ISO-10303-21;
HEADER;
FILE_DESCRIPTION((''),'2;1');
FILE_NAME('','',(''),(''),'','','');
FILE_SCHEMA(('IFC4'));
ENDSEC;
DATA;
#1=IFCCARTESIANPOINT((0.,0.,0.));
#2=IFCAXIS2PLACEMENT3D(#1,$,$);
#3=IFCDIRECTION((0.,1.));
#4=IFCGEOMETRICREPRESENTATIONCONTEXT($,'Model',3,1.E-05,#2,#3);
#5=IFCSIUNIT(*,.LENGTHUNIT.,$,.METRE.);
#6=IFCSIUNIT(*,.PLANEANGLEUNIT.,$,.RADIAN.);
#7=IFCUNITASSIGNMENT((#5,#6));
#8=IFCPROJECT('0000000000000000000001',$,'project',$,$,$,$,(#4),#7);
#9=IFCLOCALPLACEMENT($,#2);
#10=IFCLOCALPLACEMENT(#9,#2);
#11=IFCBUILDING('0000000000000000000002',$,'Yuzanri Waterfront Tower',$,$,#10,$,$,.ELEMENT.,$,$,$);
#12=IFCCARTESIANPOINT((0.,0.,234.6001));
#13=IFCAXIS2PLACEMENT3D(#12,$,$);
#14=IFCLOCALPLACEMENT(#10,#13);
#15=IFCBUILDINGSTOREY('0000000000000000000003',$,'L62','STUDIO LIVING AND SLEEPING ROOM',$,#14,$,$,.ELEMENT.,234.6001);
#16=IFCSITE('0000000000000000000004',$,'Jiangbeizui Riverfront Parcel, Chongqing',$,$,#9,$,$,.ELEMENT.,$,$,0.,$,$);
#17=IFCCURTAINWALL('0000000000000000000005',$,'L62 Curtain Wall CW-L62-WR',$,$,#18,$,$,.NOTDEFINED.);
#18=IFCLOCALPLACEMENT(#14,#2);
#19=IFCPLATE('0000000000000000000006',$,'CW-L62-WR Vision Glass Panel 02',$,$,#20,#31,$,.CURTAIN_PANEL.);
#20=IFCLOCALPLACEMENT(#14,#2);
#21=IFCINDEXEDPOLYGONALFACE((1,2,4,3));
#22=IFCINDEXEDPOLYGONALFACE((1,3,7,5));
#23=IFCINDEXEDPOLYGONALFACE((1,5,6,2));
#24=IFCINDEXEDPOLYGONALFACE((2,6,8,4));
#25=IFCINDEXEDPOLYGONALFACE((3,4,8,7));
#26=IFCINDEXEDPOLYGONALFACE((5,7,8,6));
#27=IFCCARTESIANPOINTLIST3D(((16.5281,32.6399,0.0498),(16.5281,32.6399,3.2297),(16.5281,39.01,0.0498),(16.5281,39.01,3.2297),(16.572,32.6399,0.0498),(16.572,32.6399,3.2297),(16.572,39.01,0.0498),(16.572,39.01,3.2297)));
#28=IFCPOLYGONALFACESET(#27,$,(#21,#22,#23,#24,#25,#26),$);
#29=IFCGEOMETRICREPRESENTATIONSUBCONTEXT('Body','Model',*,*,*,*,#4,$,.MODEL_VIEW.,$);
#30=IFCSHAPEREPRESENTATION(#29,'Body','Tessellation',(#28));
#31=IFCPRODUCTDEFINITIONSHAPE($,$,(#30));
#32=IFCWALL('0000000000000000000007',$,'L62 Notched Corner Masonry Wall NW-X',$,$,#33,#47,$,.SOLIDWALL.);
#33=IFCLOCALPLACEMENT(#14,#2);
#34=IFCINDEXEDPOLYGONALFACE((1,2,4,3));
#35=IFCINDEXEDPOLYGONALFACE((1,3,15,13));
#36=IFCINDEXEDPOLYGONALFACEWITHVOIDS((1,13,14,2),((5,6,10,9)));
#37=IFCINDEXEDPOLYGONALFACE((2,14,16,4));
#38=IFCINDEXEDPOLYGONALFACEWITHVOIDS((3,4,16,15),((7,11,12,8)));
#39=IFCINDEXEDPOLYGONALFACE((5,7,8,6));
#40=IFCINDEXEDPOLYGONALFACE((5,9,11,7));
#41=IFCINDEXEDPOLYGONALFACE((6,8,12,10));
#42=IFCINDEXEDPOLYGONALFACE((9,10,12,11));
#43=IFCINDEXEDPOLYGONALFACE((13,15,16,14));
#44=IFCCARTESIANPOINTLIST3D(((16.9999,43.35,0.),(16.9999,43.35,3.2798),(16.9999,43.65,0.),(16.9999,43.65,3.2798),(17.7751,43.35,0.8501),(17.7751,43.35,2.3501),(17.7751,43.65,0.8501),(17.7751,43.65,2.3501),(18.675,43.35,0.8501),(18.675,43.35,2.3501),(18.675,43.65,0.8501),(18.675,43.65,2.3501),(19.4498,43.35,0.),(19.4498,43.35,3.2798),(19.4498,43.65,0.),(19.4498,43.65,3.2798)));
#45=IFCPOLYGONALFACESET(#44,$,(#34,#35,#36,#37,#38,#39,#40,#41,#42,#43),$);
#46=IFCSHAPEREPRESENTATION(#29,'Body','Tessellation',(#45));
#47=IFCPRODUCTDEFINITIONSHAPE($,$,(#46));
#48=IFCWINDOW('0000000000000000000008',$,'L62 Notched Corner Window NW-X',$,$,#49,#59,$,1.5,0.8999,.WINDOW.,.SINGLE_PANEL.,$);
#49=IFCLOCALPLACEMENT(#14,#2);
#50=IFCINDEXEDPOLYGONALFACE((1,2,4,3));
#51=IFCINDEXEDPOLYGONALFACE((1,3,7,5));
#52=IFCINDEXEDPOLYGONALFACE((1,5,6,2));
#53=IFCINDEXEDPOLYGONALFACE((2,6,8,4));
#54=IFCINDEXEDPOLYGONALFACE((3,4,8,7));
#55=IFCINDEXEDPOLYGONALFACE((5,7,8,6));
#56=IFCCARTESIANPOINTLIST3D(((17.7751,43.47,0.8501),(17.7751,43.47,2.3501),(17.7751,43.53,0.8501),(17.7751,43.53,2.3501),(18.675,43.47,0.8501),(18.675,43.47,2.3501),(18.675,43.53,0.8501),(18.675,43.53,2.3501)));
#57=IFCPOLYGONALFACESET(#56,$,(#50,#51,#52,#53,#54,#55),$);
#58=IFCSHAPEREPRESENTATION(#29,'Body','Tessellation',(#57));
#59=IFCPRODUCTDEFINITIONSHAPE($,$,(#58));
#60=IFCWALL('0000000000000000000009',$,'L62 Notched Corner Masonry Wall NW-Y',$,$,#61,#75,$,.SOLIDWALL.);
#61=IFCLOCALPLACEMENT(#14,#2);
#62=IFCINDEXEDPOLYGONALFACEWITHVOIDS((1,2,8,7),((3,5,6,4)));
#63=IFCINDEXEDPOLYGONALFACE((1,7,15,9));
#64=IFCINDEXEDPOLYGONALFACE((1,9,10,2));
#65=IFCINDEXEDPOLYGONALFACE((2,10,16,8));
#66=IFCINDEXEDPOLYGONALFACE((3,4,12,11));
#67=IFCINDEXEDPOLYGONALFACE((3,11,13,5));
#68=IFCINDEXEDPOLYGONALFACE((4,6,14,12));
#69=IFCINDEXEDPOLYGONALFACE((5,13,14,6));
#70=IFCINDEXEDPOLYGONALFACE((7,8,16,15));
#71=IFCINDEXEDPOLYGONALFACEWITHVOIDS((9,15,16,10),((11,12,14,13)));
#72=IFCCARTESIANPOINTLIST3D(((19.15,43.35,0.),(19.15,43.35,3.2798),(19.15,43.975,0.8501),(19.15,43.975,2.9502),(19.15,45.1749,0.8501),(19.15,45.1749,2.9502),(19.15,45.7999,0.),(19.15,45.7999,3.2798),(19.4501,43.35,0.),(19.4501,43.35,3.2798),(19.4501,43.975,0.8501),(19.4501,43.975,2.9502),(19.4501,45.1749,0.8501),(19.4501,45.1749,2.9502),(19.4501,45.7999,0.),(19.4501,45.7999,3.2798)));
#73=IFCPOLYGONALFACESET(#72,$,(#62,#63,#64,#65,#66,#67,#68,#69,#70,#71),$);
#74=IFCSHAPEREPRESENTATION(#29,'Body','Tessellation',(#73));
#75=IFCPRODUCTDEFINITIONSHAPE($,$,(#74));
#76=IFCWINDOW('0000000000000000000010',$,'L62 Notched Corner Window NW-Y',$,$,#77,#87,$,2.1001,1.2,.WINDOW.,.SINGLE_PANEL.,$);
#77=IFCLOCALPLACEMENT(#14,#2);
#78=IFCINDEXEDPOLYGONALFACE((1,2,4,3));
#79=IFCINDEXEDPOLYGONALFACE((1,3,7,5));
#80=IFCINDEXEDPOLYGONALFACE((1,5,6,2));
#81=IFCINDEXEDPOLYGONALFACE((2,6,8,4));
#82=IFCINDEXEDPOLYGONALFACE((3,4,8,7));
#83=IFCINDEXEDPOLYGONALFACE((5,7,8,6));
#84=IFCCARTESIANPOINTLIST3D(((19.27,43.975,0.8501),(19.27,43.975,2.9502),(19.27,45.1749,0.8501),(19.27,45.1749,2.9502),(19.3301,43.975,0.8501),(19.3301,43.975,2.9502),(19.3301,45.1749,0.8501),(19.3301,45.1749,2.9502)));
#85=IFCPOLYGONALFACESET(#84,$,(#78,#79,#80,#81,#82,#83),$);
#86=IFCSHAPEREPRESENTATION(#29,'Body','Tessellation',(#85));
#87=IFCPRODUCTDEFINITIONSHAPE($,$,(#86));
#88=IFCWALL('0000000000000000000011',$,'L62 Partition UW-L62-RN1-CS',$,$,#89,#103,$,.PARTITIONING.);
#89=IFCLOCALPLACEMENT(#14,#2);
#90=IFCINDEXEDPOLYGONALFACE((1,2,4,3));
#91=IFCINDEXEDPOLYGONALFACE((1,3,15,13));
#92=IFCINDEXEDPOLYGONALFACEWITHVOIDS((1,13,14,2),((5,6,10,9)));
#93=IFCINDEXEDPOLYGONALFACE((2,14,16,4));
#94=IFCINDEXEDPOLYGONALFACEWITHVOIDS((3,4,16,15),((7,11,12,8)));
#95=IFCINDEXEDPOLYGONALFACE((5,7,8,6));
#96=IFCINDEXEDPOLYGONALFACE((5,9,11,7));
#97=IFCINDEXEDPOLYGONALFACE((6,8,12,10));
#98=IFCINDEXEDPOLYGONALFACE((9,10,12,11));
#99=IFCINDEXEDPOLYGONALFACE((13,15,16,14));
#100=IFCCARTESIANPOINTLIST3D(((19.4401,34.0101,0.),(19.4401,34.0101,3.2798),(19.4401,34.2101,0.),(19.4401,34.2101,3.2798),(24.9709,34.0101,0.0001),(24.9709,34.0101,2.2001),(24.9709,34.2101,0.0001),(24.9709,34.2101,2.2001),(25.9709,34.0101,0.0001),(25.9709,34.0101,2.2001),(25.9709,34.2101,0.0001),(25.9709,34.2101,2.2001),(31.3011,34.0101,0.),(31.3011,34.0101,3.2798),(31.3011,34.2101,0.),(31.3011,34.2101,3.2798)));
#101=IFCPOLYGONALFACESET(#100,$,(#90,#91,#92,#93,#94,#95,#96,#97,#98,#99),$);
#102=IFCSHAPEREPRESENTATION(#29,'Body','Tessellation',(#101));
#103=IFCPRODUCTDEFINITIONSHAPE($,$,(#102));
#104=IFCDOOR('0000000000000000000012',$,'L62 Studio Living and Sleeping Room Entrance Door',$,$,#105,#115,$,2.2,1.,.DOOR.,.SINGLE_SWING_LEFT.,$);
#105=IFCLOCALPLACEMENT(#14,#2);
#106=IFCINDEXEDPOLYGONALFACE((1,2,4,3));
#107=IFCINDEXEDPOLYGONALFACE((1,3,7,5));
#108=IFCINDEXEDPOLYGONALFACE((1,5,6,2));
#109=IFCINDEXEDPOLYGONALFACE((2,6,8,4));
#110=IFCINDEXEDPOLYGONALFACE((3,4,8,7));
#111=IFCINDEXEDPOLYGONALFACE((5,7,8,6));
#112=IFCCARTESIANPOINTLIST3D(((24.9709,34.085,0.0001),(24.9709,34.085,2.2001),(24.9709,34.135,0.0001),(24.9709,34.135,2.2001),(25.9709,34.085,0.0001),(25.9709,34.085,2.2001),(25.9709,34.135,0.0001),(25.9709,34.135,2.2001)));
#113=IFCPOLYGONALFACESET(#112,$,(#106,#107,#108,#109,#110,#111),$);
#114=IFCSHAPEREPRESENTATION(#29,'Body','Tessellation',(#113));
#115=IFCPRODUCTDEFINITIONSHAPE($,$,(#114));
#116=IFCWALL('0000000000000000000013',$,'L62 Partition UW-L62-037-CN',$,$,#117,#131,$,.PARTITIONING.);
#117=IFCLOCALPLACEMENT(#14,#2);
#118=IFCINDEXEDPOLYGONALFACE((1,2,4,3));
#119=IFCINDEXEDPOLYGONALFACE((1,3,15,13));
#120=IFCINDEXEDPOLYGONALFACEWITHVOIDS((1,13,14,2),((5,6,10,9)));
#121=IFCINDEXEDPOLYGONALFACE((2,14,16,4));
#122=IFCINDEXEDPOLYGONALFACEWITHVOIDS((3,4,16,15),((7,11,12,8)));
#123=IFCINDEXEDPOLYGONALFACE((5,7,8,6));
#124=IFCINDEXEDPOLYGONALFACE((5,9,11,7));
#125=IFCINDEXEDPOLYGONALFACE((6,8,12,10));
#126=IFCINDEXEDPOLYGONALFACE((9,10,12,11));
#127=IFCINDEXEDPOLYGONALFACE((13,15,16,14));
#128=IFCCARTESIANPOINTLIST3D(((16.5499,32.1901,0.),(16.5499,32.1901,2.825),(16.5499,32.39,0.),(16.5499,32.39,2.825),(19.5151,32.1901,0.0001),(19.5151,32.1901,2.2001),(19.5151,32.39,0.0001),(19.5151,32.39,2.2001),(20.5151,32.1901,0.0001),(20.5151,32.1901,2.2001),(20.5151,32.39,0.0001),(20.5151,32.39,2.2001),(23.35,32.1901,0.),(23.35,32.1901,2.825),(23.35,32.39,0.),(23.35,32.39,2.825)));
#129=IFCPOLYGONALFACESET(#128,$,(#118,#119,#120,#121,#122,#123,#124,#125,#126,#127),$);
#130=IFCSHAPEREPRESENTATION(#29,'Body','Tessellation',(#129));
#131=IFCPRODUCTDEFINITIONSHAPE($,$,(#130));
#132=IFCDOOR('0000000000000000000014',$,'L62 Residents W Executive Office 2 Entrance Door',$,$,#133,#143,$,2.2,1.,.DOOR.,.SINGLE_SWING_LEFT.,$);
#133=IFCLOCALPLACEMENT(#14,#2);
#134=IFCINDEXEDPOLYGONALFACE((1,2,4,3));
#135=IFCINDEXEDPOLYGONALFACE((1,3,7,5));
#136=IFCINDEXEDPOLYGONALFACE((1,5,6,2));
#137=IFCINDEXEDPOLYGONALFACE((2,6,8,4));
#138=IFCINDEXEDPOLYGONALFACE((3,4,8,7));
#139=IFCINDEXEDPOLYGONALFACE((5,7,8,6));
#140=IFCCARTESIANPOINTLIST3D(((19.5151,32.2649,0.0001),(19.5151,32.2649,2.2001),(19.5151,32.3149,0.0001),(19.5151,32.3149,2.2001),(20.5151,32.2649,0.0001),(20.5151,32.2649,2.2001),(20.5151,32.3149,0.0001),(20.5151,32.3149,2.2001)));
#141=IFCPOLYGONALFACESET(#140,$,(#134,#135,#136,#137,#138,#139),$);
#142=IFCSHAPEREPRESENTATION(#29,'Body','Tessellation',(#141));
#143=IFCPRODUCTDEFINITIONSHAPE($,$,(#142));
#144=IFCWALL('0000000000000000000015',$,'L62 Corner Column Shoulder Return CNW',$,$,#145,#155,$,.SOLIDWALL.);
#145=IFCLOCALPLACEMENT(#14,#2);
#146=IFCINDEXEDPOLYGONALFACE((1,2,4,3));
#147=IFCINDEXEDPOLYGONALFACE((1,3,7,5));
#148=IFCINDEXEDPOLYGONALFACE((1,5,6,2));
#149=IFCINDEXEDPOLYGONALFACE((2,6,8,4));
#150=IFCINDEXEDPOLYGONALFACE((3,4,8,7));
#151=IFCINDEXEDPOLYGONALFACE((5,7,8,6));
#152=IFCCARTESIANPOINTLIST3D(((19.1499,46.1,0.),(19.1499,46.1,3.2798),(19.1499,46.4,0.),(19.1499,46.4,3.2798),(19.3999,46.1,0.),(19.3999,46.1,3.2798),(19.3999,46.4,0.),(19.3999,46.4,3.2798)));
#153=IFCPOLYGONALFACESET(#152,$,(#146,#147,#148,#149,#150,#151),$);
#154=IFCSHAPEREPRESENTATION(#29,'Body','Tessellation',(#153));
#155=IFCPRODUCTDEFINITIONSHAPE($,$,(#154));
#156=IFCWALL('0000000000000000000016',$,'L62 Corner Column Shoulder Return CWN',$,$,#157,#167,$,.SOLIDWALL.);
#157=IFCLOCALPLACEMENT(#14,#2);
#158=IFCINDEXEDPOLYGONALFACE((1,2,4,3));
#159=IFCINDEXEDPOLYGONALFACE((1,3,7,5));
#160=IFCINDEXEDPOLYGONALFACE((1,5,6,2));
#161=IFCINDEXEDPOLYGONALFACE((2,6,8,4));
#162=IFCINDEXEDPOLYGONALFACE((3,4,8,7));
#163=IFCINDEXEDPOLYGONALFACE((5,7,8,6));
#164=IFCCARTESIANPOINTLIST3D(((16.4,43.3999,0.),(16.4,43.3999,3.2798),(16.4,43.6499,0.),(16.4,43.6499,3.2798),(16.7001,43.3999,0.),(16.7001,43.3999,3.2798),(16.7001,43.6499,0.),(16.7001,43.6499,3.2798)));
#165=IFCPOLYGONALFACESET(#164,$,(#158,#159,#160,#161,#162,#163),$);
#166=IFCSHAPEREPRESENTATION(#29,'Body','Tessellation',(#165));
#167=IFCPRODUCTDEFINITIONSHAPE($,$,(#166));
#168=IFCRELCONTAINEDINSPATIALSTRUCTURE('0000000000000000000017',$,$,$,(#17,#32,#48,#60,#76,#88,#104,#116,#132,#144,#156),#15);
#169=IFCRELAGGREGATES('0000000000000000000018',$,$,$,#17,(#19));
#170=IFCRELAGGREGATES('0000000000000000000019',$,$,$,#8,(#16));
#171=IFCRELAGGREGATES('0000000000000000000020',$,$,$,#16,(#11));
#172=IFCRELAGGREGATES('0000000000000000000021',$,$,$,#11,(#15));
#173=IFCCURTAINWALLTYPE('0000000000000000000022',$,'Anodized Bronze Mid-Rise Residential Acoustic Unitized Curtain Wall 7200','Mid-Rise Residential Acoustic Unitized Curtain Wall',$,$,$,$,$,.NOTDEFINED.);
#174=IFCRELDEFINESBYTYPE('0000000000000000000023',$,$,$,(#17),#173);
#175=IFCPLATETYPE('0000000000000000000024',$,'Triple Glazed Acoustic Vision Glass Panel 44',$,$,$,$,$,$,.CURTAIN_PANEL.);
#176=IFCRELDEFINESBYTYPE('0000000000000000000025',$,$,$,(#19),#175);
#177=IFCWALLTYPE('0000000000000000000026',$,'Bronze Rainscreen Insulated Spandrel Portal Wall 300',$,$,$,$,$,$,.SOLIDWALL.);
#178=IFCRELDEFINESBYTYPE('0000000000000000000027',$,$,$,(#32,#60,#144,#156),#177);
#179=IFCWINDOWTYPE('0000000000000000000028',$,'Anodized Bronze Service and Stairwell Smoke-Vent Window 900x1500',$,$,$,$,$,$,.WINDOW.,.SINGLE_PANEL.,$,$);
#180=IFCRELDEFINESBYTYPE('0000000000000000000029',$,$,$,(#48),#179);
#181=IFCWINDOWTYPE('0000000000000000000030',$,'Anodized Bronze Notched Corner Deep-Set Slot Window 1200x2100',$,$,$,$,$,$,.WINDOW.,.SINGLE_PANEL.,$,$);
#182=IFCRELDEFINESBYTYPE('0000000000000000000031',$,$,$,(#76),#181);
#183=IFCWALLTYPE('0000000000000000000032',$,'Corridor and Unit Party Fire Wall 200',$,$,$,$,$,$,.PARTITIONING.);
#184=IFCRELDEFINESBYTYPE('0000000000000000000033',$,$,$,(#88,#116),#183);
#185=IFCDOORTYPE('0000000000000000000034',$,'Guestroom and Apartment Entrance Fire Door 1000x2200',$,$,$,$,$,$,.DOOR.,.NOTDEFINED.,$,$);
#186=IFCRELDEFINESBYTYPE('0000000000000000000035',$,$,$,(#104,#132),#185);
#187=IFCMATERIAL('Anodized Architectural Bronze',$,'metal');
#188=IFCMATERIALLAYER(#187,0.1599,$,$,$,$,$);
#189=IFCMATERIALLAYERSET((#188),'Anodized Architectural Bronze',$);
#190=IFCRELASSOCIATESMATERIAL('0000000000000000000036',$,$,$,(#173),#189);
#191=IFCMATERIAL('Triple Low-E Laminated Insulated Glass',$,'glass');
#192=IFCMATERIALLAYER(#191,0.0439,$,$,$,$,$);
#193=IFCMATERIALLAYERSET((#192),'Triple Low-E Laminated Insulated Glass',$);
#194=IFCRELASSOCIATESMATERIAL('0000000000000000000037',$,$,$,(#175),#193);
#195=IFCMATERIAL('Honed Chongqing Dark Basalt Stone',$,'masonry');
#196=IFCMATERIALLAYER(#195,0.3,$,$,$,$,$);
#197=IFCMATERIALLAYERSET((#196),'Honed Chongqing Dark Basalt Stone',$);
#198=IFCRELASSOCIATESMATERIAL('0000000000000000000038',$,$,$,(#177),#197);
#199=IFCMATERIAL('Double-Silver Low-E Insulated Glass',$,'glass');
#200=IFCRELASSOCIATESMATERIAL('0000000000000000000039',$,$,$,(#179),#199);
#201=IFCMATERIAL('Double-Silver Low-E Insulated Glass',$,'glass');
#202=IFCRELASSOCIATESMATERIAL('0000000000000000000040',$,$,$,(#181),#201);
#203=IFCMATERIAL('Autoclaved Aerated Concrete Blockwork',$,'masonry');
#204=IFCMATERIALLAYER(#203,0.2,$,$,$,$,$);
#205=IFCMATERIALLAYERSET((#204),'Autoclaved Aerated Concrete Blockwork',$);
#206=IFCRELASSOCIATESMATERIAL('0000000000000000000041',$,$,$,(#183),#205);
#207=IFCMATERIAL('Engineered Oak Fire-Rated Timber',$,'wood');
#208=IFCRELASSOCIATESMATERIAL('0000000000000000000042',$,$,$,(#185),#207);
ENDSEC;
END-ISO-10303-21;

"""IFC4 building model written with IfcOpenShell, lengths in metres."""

from ifc_helpers import new_model, si_unit, direction, frame, frame_2d, origin, origin_2d, place, context, subcontext, project, spatial, rectangle, extrude, source, transform, mapped, material, layer, layer_set, type_object, element, fill, aggregate, save


model = new_model("IFC4")

# Units and contexts
model_context = context("Model", 3, precision=1e-05, world=origin(), true_north=direction((0.0, 1.0)))
body_context = subcontext(model_context, "Body", "Model", "MODEL_VIEW")
ifc_project = project(units=[si_unit("LENGTHUNIT", "METRE"), si_unit("PLANEANGLEUNIT", "RADIAN")], contexts=[model_context])

# Site, building, storey
site_placement = place(None, origin())
site = spatial("IfcSite", under=ifc_project, at=site_placement, Name="Jiangbeizui Riverfront Parcel, Chongqing", CompositionType="ELEMENT", RefElevation=0.0)
building_placement = place(site_placement, origin())
building = spatial("IfcBuilding", under=site, at=building_placement, Name="Yuzanri Waterfront Tower", CompositionType="ELEMENT")
storey_placement = place(building_placement, frame((0.0, 0.0, 234.6001)))
storey = spatial("IfcBuildingStorey", under=building, at=storey_placement, Name="L62", Description="STUDIO LIVING AND SLEEPING ROOM", CompositionType="ELEMENT", Elevation=234.6001)

# Curtain wall
ifc_material_1 = material(Name="Anodized Architectural Bronze", Category="metal")
ifc_layer_1 = layer(ifc_material_1, 0.1599)
ifc_layer_set_1 = layer_set([ifc_layer_1], Name="Anodized Architectural Bronze")
curtain_wall_type = type_object("IfcCurtainWallType", Name="Anodized Bronze Mid-Rise Residential Acoustic Unitized Curtain Wall 7200", Description="Mid-Rise Residential Acoustic Unitized Curtain Wall", PredefinedType="NOTDEFINED", material=ifc_layer_set_1)
curtain_wall_placement = place(storey_placement, origin())
curtain_wall = element("IfcCurtainWall", 1, at=curtain_wall_placement, inside=storey, type_object=curtain_wall_type, Name="L62 Curtain Wall CW-L62-WR", PredefinedType="NOTDEFINED")

# Plate
ifc_material_2 = material(Name="Triple Low-E Laminated Insulated Glass", Category="glass")
ifc_layer_2 = layer(ifc_material_2, 0.0439)
ifc_layer_set_2 = layer_set([ifc_layer_2], Name="Triple Low-E Laminated Insulated Glass")
plate_type_1 = type_object("IfcPlateType", Name="Triple Glazed Acoustic Vision Glass Panel 44", PredefinedType="CURTAIN_PANEL", material=ifc_layer_set_2)
shared_shape_1 = source(origin(), body_context, "Body", "SweptSolid", [
    extrude(rectangle(XDim=6.3701, YDim=0.0439, at=origin_2d()), origin(), (0.0, 0.0, 1.0), 3.1799),
])
plate_1_placement = place(storey_placement, frame((16.55, 35.825, 0.0498), z_axis=(0.0, 0.0, 1.0), x_axis=(0.0, 1.0, 0.0)))
plate_1 = element("IfcPlate", 2, at=plate_1_placement, type_object=plate_type_1, Name="CW-L62-WR Vision Glass Panel 02", PredefinedType="CURTAIN_PANEL", context=body_context, shape_type="MappedRepresentation", body=[
    mapped(shared_shape_1, transform((0.0, 0.0, 0.0), scale=1.0)),
])
aggregate(curtain_wall, [plate_1])

# Walls, openings, windows
ifc_material_3 = material(Name="Honed Chongqing Dark Basalt Stone", Category="masonry")
ifc_layer_3 = layer(ifc_material_3, 0.3)
ifc_layer_set_3 = layer_set([ifc_layer_3], Name="Honed Chongqing Dark Basalt Stone")
wall_type_1 = type_object("IfcWallType", Name="Bronze Rainscreen Insulated Spandrel Portal Wall 300", PredefinedType="SOLIDWALL", material=ifc_layer_set_3)
wall_1_placement = place(storey_placement, frame((19.45, 43.5, 0.0), z_axis=(0.0, 0.0, 1.0), x_axis=(-1.0, 0.0, 0.0)))
wall_1 = element("IfcWall", 3, at=wall_1_placement, inside=storey, type_object=wall_type_1, Name="L62 Notched Corner Masonry Wall NW-X", PredefinedType="SOLIDWALL", context=body_context, shape_type="SweptSolid", body=[
    extrude(rectangle(XDim=2.45, YDim=0.3, at=frame_2d((1.2251, 0.0))), origin(), (0.0, 0.0, 1.0), 3.2798),
])
opening_1_placement = place(wall_1_placement, frame((0.7749, 0.0, 0.8501)))
opening_1 = element("IfcOpeningElement", 4, at=opening_1_placement, cuts=wall_1, PredefinedType="OPENING", context=body_context, shape_type="SweptSolid", body=[
    extrude(rectangle(XDim=0.8999, YDim=1.5, at=frame_2d((0.45, 0.75))), frame((0.0, 0.165, 0.0), z_axis=(0.0, -1.0, 0.0), x_axis=(1.0, 0.0, 0.0)), (0.0, 0.0, 1.0), 0.3298),
])
ifc_material_4 = material(Name="Double-Silver Low-E Insulated Glass", Category="glass")
window_type_1 = type_object("IfcWindowType", Name="Anodized Bronze Service and Stairwell Smoke-Vent Window 900x1500", PartitioningType="SINGLE_PANEL", PredefinedType="WINDOW", material=ifc_material_4)
shared_shape_2 = source(origin(), body_context, "Body", "SweptSolid", [
    extrude(rectangle(XDim=0.8999, YDim=1.5, at=frame_2d((0.45, 0.75))), frame((0.0, 0.03, 0.0), z_axis=(0.0, -1.0, 0.0), x_axis=(1.0, 0.0, 0.0)), (0.0, 0.0, 1.0), 0.0601),
])
window_1_placement = place(opening_1_placement, origin())
window_1 = element("IfcWindow", 5, at=window_1_placement, inside=storey, type_object=window_type_1, Name="L62 Notched Corner Window NW-X", OverallHeight=1.5, OverallWidth=0.8999, PartitioningType="SINGLE_PANEL", PredefinedType="WINDOW", context=body_context, shape_type="MappedRepresentation", body=[
    mapped(shared_shape_2, transform((0.0, 0.0, 0.0), scale=1.0)),
])
fill(opening_1, window_1)
wall_2_placement = place(storey_placement, frame((19.3, 45.8, 0.0), z_axis=(0.0, 0.0, 1.0), x_axis=(0.0, -1.0, 0.0)))
wall_2 = element("IfcWall", 6, at=wall_2_placement, inside=storey, type_object=wall_type_1, Name="L62 Notched Corner Masonry Wall NW-Y", PredefinedType="SOLIDWALL", context=body_context, shape_type="SweptSolid", body=[
    extrude(rectangle(XDim=2.45, YDim=0.3, at=frame_2d((1.2251, 0.0))), origin(), (0.0, 0.0, 1.0), 3.2798),
])
opening_2_placement = place(wall_2_placement, frame((0.625, 0.0, 0.8501)))
opening_2 = element("IfcOpeningElement", 7, at=opening_2_placement, cuts=wall_2, PredefinedType="OPENING", context=body_context, shape_type="SweptSolid", body=[
    extrude(rectangle(XDim=1.2, YDim=2.1001, at=frame_2d((0.6001, 1.05))), frame((0.0, 0.165, 0.0), z_axis=(0.0, -1.0, 0.0), x_axis=(1.0, 0.0, 0.0)), (0.0, 0.0, 1.0), 0.3298),
])
ifc_material_5 = material(Name="Double-Silver Low-E Insulated Glass", Category="glass")
window_type_2 = type_object("IfcWindowType", Name="Anodized Bronze Notched Corner Deep-Set Slot Window 1200x2100", PartitioningType="SINGLE_PANEL", PredefinedType="WINDOW", material=ifc_material_5)
shared_shape_3 = source(origin(), body_context, "Body", "SweptSolid", [
    extrude(rectangle(XDim=1.2, YDim=2.1001, at=frame_2d((0.6001, 1.05))), frame((0.0, 0.03, 0.0), z_axis=(0.0, -1.0, 0.0), x_axis=(1.0, 0.0, 0.0)), (0.0, 0.0, 1.0), 0.0601),
])
window_2_placement = place(opening_2_placement, origin())
window_2 = element("IfcWindow", 8, at=window_2_placement, inside=storey, type_object=window_type_2, Name="L62 Notched Corner Window NW-Y", OverallHeight=2.1001, OverallWidth=1.2, PartitioningType="SINGLE_PANEL", PredefinedType="WINDOW", context=body_context, shape_type="MappedRepresentation", body=[
    mapped(shared_shape_3, transform((0.0, 0.0, 0.0), scale=1.0)),
])
fill(opening_2, window_2)

# Walls, openings, doors
ifc_material_6 = material(Name="Autoclaved Aerated Concrete Blockwork", Category="masonry")
ifc_layer_4 = layer(ifc_material_6, 0.2)
ifc_layer_set_4 = layer_set([ifc_layer_4], Name="Autoclaved Aerated Concrete Blockwork")
wall_type_2 = type_object("IfcWallType", Name="Corridor and Unit Party Fire Wall 200", PredefinedType="PARTITIONING", material=ifc_layer_set_4)
wall_3_placement = place(storey_placement, frame((19.4399, 34.1101, 0.0), z_axis=(0.0, 0.0, 1.0), x_axis=(1.0, 0.0, 0.0)))
wall_3 = element("IfcWall", 9, at=wall_3_placement, inside=storey, type_object=wall_type_2, Name="L62 Partition UW-L62-RN1-CS", PredefinedType="PARTITIONING", context=body_context, shape_type="SweptSolid", body=[
    extrude(rectangle(XDim=11.8611, YDim=0.2, at=frame_2d((5.9307, 0.0))), origin(), (0.0, 0.0, 1.0), 3.2798),
])
opening_3_placement = place(wall_3_placement, frame((5.531, 0.0, 0.0)))
opening_3 = element("IfcOpeningElement", 10, at=opening_3_placement, cuts=wall_3, PredefinedType="OPENING", context=body_context, shape_type="SweptSolid", body=[
    extrude(rectangle(XDim=1.0, YDim=2.2, at=frame_2d((0.5, 1.1001))), frame((0.0, 0.1147, 0.0), z_axis=(0.0, -1.0, 0.0), x_axis=(1.0, 0.0, 0.0)), (0.0, 0.0, 1.0), 0.2297),
])
ifc_material_7 = material(Name="Engineered Oak Fire-Rated Timber", Category="wood")
door_type = type_object("IfcDoorType", Name="Guestroom and Apartment Entrance Fire Door 1000x2200", OperationType="NOTDEFINED", PredefinedType="DOOR", material=ifc_material_7)
shared_shape_4 = source(origin(), body_context, "Body", "SweptSolid", [
    extrude(rectangle(XDim=1.0, YDim=2.2, at=frame_2d((0.5, 1.1001))), frame((0.0, 0.0249, 0.0), z_axis=(0.0, -1.0, 0.0), x_axis=(1.0, 0.0, 0.0)), (0.0, 0.0, 1.0), 0.05),
])
door_1_placement = place(opening_3_placement, origin())
door_1 = element("IfcDoor", 11, at=door_1_placement, inside=storey, type_object=door_type, Name="L62 Studio Living and Sleeping Room Entrance Door", OperationType="SINGLE_SWING_LEFT", OverallHeight=2.2, OverallWidth=1.0, PredefinedType="DOOR", context=body_context, shape_type="MappedRepresentation", body=[
    mapped(shared_shape_4, transform((0.0, 0.0, 0.0), scale=1.0)),
])
fill(opening_3, door_1)
wall_4_placement = place(storey_placement, frame((16.55, 32.29, 0.0), z_axis=(0.0, 0.0, 1.0), x_axis=(1.0, 0.0, 0.0)))
wall_4 = element("IfcWall", 12, at=wall_4_placement, inside=storey, type_object=wall_type_2, Name="L62 Partition UW-L62-037-CN", PredefinedType="PARTITIONING", context=body_context, shape_type="SweptSolid", body=[
    extrude(rectangle(XDim=6.8, YDim=0.2, at=frame_2d((3.3999, 0.0))), origin(), (0.0, 0.0, 1.0), 2.825),
])
opening_4_placement = place(wall_4_placement, frame((2.9651, 0.0, 0.0)))
opening_4 = element("IfcOpeningElement", 13, at=opening_4_placement, cuts=wall_4, PredefinedType="OPENING", context=body_context, shape_type="SweptSolid", body=[
    extrude(rectangle(XDim=1.0, YDim=2.2, at=frame_2d((0.5, 1.1001))), frame((0.0, 0.1147, 0.0), z_axis=(0.0, -1.0, 0.0), x_axis=(1.0, 0.0, 0.0)), (0.0, 0.0, 1.0), 0.2297),
])
door_2_placement = place(opening_4_placement, origin())
door_2 = element("IfcDoor", 14, at=door_2_placement, inside=storey, type_object=door_type, Name="L62 Residents W Executive Office 2 Entrance Door", OperationType="SINGLE_SWING_LEFT", OverallHeight=2.2, OverallWidth=1.0, PredefinedType="DOOR", context=body_context, shape_type="MappedRepresentation", body=[
    mapped(shared_shape_4, transform((0.0, 0.0, 0.0), scale=1.0)),
])
fill(opening_4, door_2)

# Walls
shared_shape_5 = source(origin(), body_context, "Body", "SweptSolid", [
    extrude(rectangle(XDim=0.25, YDim=0.3, at=frame_2d((0.125, 0.0))), origin(), (0.0, 0.0, 1.0), 3.2798),
])
for number, where, z_axis, x_axis, name in (
    (15, (19.1499, 46.25, 0.0), (0.0, 0.0, 1.0), (1.0, 0.0, 0.0), "L62 Corner Column Shoulder Return CNW"),
    (16, (16.55, 43.3999, 0.0), (0.0, 0.0, 1.0), (0.0, 1.0, 0.0), "L62 Corner Column Shoulder Return CWN"),
):
    element("IfcWall", number, at=place(storey_placement, frame(where, z_axis=z_axis, x_axis=x_axis)), inside=storey, type_object=wall_type_1, Name=name, PredefinedType="SOLIDWALL", context=body_context, shape_type="MappedRepresentation", body=[
        mapped(shared_shape_5, transform((0.0, 0.0, 0.0), scale=1.0)),
    ])

save(model, "model.ifc")
